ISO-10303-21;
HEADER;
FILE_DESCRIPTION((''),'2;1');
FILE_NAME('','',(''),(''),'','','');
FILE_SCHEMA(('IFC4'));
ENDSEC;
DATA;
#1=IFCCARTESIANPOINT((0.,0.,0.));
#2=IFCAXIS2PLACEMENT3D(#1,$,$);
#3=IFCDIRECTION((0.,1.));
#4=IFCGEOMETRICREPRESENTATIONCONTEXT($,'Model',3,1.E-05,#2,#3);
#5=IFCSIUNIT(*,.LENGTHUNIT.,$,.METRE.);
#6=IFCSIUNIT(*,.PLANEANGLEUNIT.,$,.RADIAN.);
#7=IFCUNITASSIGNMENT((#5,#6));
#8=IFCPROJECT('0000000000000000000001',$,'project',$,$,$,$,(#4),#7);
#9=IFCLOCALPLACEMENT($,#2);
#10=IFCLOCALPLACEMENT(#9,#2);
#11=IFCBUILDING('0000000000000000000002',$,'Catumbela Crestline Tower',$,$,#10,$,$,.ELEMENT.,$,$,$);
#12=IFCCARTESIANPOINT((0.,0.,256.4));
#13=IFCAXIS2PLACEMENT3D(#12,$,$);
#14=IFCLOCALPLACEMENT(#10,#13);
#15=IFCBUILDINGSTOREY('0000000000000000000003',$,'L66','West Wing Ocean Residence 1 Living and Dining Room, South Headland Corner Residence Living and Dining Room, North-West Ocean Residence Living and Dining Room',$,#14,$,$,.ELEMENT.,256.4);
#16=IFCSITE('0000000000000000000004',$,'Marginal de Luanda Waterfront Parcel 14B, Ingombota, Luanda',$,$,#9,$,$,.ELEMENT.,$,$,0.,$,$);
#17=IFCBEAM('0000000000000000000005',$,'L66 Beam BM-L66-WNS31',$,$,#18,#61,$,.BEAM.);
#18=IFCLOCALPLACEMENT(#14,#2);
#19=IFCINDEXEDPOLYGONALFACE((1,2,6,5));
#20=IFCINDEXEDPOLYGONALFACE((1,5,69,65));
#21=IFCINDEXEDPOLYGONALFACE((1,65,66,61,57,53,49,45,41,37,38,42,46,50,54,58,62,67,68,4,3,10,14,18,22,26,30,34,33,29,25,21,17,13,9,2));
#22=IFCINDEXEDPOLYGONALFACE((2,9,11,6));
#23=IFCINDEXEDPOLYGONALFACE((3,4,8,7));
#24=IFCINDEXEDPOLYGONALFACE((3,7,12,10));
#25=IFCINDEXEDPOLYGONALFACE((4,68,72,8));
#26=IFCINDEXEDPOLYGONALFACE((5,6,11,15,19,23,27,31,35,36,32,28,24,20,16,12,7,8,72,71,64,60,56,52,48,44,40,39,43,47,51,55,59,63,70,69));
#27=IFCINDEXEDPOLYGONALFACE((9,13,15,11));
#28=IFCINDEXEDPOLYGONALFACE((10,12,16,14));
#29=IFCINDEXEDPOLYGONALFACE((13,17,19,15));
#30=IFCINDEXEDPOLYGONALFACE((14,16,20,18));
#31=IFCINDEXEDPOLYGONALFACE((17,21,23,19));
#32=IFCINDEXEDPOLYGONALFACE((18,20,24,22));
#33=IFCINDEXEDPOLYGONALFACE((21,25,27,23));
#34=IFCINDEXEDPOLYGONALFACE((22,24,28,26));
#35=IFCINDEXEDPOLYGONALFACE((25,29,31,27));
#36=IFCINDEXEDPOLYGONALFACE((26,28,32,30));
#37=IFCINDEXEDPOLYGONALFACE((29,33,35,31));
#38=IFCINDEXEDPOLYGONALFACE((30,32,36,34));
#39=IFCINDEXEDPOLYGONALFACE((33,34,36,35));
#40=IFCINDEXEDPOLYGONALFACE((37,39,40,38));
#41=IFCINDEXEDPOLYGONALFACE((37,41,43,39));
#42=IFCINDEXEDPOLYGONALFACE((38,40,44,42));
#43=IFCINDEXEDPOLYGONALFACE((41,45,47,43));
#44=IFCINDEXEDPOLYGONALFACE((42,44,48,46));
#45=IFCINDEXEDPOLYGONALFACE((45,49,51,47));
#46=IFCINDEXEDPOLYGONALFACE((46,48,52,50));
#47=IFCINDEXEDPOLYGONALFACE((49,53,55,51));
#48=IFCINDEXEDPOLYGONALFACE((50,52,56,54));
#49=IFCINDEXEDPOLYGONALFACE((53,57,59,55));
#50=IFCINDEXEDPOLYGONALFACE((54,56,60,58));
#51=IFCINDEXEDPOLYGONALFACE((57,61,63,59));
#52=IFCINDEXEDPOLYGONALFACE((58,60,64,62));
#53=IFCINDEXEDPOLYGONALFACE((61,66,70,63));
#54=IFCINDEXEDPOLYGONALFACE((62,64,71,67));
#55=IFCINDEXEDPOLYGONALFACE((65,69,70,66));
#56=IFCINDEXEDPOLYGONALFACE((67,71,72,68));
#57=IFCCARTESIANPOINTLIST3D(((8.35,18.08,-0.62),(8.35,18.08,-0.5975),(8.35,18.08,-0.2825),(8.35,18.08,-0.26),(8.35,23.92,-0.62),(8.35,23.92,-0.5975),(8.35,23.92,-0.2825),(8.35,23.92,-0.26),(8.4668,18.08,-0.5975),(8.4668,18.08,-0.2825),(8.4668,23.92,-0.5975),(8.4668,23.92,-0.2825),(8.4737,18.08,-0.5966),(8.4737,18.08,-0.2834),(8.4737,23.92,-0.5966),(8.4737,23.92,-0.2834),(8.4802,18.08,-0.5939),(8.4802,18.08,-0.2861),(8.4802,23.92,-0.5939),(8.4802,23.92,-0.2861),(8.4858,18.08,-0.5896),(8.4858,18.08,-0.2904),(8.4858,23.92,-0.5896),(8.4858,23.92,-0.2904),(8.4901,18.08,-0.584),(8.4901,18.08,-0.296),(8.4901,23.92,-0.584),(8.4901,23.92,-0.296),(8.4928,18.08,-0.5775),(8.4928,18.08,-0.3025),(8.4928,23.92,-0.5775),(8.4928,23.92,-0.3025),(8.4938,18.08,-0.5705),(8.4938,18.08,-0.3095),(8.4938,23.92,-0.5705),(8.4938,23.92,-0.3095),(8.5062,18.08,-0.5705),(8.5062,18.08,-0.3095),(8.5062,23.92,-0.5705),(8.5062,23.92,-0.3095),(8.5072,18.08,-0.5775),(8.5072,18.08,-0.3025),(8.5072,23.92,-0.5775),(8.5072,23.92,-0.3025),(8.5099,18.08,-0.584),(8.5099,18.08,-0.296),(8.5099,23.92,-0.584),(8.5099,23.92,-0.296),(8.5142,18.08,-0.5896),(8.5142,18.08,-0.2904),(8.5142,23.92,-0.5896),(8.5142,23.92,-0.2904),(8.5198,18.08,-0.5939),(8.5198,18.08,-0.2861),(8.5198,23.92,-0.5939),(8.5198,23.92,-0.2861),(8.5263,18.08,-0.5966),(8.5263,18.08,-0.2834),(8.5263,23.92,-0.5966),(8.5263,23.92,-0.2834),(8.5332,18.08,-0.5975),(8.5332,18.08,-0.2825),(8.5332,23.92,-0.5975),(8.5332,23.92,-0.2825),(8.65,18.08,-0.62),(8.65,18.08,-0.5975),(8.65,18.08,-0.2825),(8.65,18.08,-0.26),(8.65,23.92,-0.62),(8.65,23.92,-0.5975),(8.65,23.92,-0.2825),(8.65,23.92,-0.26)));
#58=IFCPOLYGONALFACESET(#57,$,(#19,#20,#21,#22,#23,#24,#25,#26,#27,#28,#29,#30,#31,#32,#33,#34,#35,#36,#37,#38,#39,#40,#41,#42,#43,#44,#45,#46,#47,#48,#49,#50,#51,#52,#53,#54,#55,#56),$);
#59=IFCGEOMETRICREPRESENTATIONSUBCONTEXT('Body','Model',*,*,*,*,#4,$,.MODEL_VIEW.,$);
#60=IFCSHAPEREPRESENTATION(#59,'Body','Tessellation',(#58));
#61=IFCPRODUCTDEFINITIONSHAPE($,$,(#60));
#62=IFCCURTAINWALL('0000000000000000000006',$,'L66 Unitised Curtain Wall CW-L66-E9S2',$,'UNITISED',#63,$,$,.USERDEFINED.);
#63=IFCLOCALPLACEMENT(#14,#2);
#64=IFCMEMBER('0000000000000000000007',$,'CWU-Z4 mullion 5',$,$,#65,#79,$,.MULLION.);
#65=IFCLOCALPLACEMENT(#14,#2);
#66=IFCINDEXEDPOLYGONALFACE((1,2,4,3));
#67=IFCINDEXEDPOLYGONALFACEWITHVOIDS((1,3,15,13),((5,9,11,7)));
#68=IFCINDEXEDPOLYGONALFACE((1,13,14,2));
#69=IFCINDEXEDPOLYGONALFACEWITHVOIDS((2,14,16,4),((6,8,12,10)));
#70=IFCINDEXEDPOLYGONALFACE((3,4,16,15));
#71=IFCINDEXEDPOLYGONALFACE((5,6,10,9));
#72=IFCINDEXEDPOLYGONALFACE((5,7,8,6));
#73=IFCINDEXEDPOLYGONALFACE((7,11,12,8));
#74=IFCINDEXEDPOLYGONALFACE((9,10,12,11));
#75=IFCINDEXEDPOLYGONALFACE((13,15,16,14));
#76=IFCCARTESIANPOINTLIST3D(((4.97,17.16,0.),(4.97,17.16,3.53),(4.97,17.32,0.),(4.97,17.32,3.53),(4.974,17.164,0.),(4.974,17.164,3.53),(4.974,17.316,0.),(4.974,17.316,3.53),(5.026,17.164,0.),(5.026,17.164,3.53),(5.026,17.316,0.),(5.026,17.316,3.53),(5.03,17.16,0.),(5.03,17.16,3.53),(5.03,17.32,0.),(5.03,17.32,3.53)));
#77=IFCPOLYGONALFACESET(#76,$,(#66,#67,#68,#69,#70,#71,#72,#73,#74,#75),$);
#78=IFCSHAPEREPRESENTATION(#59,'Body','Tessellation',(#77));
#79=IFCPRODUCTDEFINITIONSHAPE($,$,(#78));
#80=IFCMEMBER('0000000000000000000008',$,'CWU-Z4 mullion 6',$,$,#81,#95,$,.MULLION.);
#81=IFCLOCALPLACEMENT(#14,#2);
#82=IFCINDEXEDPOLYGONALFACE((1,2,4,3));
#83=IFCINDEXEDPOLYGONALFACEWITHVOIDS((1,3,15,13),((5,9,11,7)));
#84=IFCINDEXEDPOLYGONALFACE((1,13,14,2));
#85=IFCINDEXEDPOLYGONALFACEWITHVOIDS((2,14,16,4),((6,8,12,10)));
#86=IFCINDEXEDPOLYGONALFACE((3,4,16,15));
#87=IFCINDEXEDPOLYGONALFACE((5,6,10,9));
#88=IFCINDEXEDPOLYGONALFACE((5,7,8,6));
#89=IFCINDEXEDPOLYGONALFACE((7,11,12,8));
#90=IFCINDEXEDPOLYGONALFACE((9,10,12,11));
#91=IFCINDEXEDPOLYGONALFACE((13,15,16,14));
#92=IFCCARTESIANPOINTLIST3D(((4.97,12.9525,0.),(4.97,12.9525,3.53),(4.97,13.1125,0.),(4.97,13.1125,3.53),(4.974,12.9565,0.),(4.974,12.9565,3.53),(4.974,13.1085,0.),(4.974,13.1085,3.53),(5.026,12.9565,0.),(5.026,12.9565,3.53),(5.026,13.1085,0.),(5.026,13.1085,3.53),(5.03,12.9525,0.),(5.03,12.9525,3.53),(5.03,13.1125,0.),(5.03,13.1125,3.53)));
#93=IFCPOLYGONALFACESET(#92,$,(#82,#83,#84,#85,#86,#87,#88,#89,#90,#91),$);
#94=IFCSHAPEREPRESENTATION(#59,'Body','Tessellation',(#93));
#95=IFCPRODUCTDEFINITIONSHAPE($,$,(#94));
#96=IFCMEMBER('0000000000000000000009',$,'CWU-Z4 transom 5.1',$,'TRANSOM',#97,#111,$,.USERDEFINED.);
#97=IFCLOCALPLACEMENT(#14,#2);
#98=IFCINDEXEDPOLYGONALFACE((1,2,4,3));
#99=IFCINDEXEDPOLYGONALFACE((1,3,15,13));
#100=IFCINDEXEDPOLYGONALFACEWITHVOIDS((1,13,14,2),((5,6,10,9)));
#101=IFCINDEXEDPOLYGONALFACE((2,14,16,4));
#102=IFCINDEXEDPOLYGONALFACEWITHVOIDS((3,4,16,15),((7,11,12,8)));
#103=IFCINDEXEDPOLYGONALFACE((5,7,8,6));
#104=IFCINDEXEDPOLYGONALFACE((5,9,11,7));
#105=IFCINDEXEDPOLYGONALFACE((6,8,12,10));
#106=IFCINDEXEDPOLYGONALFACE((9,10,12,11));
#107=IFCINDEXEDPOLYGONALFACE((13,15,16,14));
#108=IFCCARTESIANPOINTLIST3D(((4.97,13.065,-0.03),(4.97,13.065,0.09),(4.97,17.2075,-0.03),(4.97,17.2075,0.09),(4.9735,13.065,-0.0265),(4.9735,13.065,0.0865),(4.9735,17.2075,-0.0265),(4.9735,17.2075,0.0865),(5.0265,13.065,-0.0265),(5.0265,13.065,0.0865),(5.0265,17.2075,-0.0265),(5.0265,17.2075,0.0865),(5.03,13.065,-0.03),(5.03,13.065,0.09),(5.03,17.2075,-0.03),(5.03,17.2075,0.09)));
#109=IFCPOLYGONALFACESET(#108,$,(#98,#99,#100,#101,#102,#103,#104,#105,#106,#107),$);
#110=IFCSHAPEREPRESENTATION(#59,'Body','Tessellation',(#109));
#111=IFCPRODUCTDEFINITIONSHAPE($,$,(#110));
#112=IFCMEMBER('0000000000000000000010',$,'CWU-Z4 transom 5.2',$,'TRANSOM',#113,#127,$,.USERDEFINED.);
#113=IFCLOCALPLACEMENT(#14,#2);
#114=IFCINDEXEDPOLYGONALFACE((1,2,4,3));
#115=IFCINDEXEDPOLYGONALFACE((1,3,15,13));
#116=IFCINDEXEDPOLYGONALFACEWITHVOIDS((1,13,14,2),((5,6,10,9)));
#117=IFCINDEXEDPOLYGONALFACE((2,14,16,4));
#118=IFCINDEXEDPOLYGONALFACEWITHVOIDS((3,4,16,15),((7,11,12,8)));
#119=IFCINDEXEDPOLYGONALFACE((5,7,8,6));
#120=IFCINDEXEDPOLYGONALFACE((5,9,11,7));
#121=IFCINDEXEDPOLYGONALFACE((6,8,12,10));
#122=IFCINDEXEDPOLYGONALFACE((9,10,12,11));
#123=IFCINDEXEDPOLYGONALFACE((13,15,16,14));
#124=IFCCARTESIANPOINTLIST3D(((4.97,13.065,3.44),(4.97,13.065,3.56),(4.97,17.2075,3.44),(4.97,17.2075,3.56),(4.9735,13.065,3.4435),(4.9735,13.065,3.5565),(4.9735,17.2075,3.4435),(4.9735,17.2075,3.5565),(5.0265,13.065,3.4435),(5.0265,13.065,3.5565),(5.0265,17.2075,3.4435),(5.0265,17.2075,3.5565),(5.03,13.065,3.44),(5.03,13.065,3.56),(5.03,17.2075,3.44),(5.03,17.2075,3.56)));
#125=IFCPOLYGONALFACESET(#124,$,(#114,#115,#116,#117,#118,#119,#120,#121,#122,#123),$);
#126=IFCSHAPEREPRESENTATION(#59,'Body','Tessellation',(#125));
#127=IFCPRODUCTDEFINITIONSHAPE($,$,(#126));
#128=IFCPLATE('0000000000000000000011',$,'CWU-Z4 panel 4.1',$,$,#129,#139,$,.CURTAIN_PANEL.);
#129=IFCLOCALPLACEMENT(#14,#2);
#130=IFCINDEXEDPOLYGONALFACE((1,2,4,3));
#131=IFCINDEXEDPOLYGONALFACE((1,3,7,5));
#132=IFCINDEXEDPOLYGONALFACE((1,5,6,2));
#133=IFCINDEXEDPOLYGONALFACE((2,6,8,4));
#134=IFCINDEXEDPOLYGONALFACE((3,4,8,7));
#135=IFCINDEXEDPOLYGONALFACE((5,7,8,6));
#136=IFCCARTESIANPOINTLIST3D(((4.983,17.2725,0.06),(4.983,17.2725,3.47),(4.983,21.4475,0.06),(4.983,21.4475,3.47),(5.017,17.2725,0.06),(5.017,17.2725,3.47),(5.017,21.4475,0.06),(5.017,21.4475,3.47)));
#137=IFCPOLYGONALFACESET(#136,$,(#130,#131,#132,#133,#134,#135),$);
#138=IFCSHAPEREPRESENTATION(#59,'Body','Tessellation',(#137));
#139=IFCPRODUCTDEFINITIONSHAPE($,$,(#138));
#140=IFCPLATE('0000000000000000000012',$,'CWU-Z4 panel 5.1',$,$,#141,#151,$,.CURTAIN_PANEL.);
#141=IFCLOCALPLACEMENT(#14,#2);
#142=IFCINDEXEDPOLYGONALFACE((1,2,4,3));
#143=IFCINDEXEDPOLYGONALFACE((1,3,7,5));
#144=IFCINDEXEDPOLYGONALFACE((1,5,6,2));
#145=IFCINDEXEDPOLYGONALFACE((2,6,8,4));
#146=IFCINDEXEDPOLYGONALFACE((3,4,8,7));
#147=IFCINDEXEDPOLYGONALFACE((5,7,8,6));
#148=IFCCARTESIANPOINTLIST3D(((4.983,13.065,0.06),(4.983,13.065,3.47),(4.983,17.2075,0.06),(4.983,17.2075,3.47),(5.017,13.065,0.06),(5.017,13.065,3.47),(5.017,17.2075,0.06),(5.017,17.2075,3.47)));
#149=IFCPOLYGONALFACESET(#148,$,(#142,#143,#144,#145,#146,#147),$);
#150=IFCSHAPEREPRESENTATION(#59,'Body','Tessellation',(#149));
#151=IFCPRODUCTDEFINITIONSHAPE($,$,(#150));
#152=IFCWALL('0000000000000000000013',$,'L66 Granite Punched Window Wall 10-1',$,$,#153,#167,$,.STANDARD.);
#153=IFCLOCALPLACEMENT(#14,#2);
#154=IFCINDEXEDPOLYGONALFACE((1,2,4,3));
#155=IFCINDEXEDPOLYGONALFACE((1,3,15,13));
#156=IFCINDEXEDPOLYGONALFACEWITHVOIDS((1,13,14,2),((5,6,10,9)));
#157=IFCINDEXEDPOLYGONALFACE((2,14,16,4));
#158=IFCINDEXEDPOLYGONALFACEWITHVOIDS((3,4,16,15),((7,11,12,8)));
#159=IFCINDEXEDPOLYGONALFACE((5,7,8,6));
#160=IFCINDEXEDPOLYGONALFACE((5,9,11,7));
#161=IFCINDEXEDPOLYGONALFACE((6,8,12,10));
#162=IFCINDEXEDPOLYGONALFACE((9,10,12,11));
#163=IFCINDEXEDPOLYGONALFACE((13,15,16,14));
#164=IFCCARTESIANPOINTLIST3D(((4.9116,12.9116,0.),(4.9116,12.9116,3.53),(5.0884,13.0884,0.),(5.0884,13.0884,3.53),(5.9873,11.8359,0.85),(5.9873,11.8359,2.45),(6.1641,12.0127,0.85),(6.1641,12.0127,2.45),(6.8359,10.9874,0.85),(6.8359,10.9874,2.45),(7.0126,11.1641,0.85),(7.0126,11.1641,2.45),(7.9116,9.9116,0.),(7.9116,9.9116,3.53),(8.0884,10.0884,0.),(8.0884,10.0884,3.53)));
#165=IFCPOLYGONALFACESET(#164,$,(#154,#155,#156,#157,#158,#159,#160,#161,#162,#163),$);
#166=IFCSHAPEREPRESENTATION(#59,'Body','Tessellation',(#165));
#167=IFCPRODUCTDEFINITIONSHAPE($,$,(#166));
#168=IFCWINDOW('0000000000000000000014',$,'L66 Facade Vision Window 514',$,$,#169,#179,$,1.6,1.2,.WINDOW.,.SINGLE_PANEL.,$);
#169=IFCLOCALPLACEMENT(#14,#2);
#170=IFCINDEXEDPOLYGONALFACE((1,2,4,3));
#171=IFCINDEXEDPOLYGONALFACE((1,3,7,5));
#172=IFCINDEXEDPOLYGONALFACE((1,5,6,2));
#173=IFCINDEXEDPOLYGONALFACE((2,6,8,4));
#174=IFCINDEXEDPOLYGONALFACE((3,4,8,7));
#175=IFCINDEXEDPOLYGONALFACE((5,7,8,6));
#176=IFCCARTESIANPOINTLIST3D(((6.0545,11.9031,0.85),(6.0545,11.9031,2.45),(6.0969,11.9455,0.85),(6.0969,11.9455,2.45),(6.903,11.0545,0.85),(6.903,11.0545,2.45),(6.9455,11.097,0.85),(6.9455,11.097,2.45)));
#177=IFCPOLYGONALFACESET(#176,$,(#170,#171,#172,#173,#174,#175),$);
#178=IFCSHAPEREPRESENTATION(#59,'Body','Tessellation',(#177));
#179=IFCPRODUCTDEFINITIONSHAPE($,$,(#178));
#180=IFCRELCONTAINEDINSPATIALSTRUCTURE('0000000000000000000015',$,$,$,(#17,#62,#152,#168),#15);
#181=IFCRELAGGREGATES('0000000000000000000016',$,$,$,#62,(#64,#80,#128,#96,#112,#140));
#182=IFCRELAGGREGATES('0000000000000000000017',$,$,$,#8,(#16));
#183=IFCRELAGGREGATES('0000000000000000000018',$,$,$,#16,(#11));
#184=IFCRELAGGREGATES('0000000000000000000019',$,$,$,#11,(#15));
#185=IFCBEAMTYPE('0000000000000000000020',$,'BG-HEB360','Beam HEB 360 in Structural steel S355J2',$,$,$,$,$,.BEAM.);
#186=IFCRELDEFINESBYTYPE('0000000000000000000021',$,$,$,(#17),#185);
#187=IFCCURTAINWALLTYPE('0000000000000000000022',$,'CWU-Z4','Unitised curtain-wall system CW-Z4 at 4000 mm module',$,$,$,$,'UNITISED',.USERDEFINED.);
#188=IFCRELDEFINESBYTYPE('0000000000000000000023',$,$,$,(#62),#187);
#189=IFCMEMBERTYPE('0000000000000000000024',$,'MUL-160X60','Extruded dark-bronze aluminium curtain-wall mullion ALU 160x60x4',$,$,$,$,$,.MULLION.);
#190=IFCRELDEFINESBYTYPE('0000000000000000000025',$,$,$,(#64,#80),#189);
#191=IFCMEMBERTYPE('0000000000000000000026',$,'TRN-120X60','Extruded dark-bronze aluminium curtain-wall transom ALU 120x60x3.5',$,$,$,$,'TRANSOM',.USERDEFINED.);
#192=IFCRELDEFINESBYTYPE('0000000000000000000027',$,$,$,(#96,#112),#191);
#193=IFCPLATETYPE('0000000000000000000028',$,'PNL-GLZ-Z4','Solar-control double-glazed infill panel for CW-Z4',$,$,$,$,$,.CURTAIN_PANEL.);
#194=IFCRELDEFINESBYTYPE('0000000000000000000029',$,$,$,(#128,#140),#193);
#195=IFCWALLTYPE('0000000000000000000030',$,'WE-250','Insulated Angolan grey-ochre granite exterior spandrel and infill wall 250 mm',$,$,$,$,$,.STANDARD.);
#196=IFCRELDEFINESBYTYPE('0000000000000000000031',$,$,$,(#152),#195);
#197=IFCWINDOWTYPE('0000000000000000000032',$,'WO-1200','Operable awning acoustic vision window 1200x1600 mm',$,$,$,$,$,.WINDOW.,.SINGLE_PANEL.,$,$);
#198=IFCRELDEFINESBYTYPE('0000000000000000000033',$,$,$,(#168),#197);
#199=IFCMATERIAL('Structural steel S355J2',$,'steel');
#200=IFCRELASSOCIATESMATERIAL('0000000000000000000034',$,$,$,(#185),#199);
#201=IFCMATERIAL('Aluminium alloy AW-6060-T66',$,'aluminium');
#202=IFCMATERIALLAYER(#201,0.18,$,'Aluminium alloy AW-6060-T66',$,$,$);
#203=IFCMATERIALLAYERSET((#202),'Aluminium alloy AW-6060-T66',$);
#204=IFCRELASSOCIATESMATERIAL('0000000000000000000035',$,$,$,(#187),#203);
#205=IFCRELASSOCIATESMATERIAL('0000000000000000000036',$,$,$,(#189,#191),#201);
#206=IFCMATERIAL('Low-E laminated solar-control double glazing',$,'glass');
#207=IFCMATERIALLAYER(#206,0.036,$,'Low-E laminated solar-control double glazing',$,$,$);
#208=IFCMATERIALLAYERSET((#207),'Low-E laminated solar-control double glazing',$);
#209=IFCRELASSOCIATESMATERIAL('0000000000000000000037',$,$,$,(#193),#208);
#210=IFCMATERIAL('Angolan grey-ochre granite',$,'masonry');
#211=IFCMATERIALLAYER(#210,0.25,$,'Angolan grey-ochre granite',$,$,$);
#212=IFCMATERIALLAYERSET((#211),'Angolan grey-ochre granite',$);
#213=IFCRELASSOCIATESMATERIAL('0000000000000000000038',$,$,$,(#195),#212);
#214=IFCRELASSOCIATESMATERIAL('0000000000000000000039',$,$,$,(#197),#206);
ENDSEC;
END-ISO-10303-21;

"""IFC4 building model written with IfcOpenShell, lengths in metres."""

from ifc_helpers import new_model, si_unit, direction, frame, frame_2d, origin, origin_2d, place, context, subcontext, project, spatial, rectangle, hollow_rectangle, i_section, extrude, material, layer, layer_set, material_profile, profile_set, type_object, element, fill, aggregate, save


model = new_model("IFC4")

# Units and contexts
model_context = context("Model", 3, precision=1e-05, world=origin(), true_north=direction((0.0, 1.0)))
body_context = subcontext(model_context, "Body", "Model", "MODEL_VIEW")
ifc_project = project(units=[si_unit("LENGTHUNIT", "METRE"), si_unit("PLANEANGLEUNIT", "RADIAN")], contexts=[model_context])

# Site, building, storey
site_placement = place(None, origin())
site = spatial("IfcSite", under=ifc_project, at=site_placement, Name="Marginal de Luanda Waterfront Parcel 14B, Ingombota, Luanda", CompositionType="ELEMENT", RefElevation=0.0)
building_placement = place(site_placement, origin())
building = spatial("IfcBuilding", under=site, at=building_placement, Name="Catumbela Crestline Tower", CompositionType="ELEMENT")
storey_placement = place(building_placement, frame((0.0, 0.0, 256.4)))
storey = spatial("IfcBuildingStorey", under=building, at=storey_placement, Name="L66", Description="West Wing Ocean Residence 1 Living and Dining Room, South Headland Corner Residence Living and Dining Room, North-West Ocean Residence Living and Dining Room", CompositionType="ELEMENT", Elevation=256.4)

# Shared definitions
ifc_material_1 = material(Name="Structural steel S355J2", Category="steel")

# Beam
ifc_material_profile_1 = material_profile(ifc_material_1, i_section(OverallWidth=0.3, OverallDepth=0.36, WebThickness=0.0125, FlangeThickness=0.0225, FilletRadius=0.027, at=origin_2d()), Name="HEB 360")
ifc_profile_set_1 = profile_set([ifc_material_profile_1], Name="Structural steel S355J2")
beam_type = type_object("IfcBeamType", Name="BG-HEB360", Description="Beam HEB 360 in Structural steel S355J2", PredefinedType="BEAM", material=ifc_profile_set_1)
beam_1_placement = place(storey_placement, frame((8.5, 18.08, -0.44), z_axis=(0.0, 1.0, 0.0), x_axis=(-1.0, 0.0, 0.0)))
element("IfcBeam", 1, at=beam_1_placement, inside=storey, type_object=beam_type, Name="L66 Beam BM-L66-WNS31", PredefinedType="BEAM", context=body_context, shape_type="SweptSolid", body=[
    extrude(i_section(OverallWidth=0.3, OverallDepth=0.36, WebThickness=0.0125, FlangeThickness=0.0225, FilletRadius=0.027, at=origin_2d()), origin(), (0.0, 0.0, 1.0), 5.84),
])

# Curtain wall, members, plates
ifc_material_2 = material(Name="Aluminium alloy AW-6060-T66", Category="aluminium")
ifc_layer_1 = layer(ifc_material_2, 0.18, Name="Aluminium alloy AW-6060-T66")
ifc_layer_set_1 = layer_set([ifc_layer_1], Name="Aluminium alloy AW-6060-T66")
curtain_wall_type = type_object("IfcCurtainWallType", Name="CWU-Z4", Description="Unitised curtain-wall system CW-Z4 at 4000 mm module", ElementType="UNITISED", PredefinedType="USERDEFINED", material=ifc_layer_set_1)
curtain_wall_placement = place(storey_placement, origin())
curtain_wall = element("IfcCurtainWall", 2, at=curtain_wall_placement, inside=storey, type_object=curtain_wall_type, Name="L66 Unitised Curtain Wall CW-L66-E9S2", ObjectType="UNITISED", PredefinedType="USERDEFINED")
ifc_material_profile_2 = material_profile(ifc_material_2, hollow_rectangle(XDim=0.06, YDim=0.16, WallThickness=0.004, at=origin_2d()), Name="ALU 160x60x4")
ifc_profile_set_2 = profile_set([ifc_material_profile_2], Name="Aluminium alloy AW-6060-T66")
member_type_1 = type_object("IfcMemberType", Name="MUL-160X60", Description="Extruded dark-bronze aluminium curtain-wall mullion ALU 160x60x4", PredefinedType="MULLION", material=ifc_profile_set_2)
member_1_placement = place(storey_placement, frame((5.0, 17.24, 0.0), z_axis=(0.0, 0.0, 1.0), x_axis=(1.0, 0.0, 0.0)))
member_1 = element("IfcMember", 3, at=member_1_placement, type_object=member_type_1, Name="CWU-Z4 mullion 5", PredefinedType="MULLION", context=body_context, shape_type="SweptSolid", body=[
    extrude(hollow_rectangle(XDim=0.06, YDim=0.16, WallThickness=0.004, at=origin_2d()), origin(), (0.0, 0.0, 1.0), 3.53),
])
member_2_placement = place(storey_placement, frame((5.0, 13.0325, 0.0), z_axis=(0.0, 0.0, 1.0), x_axis=(1.0, 0.0, 0.0)))
member_2 = element("IfcMember", 4, at=member_2_placement, type_object=member_type_1, Name="CWU-Z4 mullion 6", PredefinedType="MULLION", context=body_context, shape_type="SweptSolid", body=[
    extrude(hollow_rectangle(XDim=0.06, YDim=0.16, WallThickness=0.004, at=origin_2d()), origin(), (0.0, 0.0, 1.0), 3.53),
])
ifc_material_profile_3 = material_profile(ifc_material_2, hollow_rectangle(XDim=0.06, YDim=0.12, WallThickness=0.0035, at=origin_2d()), Name="ALU 120x60x3.5")
ifc_profile_set_3 = profile_set([ifc_material_profile_3], Name="Aluminium alloy AW-6060-T66")
member_type_2 = type_object("IfcMemberType", Name="TRN-120X60", Description="Extruded dark-bronze aluminium curtain-wall transom ALU 120x60x3.5", ElementType="TRANSOM", PredefinedType="USERDEFINED", material=ifc_profile_set_3)
member_3_placement = place(storey_placement, frame((5.0, 17.2075, 0.03), z_axis=(0.0, -1.0, 0.0), x_axis=(1.0, 0.0, 0.0)))
member_3 = element("IfcMember", 5, at=member_3_placement, type_object=member_type_2, Name="CWU-Z4 transom 5.1", ObjectType="TRANSOM", PredefinedType="USERDEFINED", context=body_context, shape_type="SweptSolid", body=[
    extrude(hollow_rectangle(XDim=0.06, YDim=0.12, WallThickness=0.0035, at=origin_2d()), origin(), (0.0, 0.0, 1.0), 4.1425),
])
member_4_placement = place(storey_placement, frame((5.0, 17.2075, 3.5), z_axis=(0.0, -1.0, 0.0), x_axis=(1.0, 0.0, 0.0)))
member_4 = element("IfcMember", 6, at=member_4_placement, type_object=member_type_2, Name="CWU-Z4 transom 5.2", ObjectType="TRANSOM", PredefinedType="USERDEFINED", context=body_context, shape_type="SweptSolid", body=[
    extrude(hollow_rectangle(XDim=0.06, YDim=0.12, WallThickness=0.0035, at=origin_2d()), origin(), (0.0, 0.0, 1.0), 4.1425),
])
ifc_material_3 = material(Name="Low-E laminated solar-control double glazing", Category="glass")
ifc_layer_2 = layer(ifc_material_3, 0.036, Name="Low-E laminated solar-control double glazing")
ifc_layer_set_2 = layer_set([ifc_layer_2], Name="Low-E laminated solar-control double glazing")
plate_type = type_object("IfcPlateType", Name="PNL-GLZ-Z4", Description="Solar-control double-glazed infill panel for CW-Z4", PredefinedType="CURTAIN_PANEL", material=ifc_layer_set_2)
plate_1_placement = place(storey_placement, frame((5.0, 19.36, 0.06), z_axis=(0.0, 0.0, 1.0), x_axis=(0.0, -1.0, 0.0)))
plate_1 = element("IfcPlate", 7, at=plate_1_placement, type_object=plate_type, Name="CWU-Z4 panel 4.1", PredefinedType="CURTAIN_PANEL", context=body_context, shape_type="SweptSolid", body=[
    extrude(rectangle(XDim=4.175, YDim=0.034, at=origin_2d()), origin(), (0.0, 0.0, 1.0), 3.41),
])
plate_2_placement = place(storey_placement, frame((5.0, 15.1362, 0.06), z_axis=(0.0, 0.0, 1.0), x_axis=(0.0, -1.0, 0.0)))
plate_2 = element("IfcPlate", 8, at=plate_2_placement, type_object=plate_type, Name="CWU-Z4 panel 5.1", PredefinedType="CURTAIN_PANEL", context=body_context, shape_type="SweptSolid", body=[
    extrude(rectangle(XDim=4.1425, YDim=0.034, at=origin_2d()), origin(), (0.0, 0.0, 1.0), 3.41),
])
aggregate(curtain_wall, [member_1, member_2, plate_1, member_3, member_4, plate_2])

# Wall, opening, window
ifc_material_4 = material(Name="Angolan grey-ochre granite", Category="masonry")
ifc_layer_3 = layer(ifc_material_4, 0.25, Name="Angolan grey-ochre granite")
ifc_layer_set_3 = layer_set([ifc_layer_3], Name="Angolan grey-ochre granite")
wall_type_1 = type_object("IfcWallType", Name="WE-250", Description="Insulated Angolan grey-ochre granite exterior spandrel and infill wall 250 mm", PredefinedType="STANDARD", material=ifc_layer_set_3)
wall_1_placement = place(storey_placement, frame((5.0, 13.0, 0.0), z_axis=(0.0, 0.0, 1.0), x_axis=(0.707107, -0.707107, 0.0)))
wall_1 = element("IfcWall", 9, at=wall_1_placement, inside=storey, type_object=wall_type_1, Name="L66 Granite Punched Window Wall 10-1", PredefinedType="STANDARD", context=body_context, shape_type="SweptSolid", body=[
    extrude(rectangle(XDim=4.2426, YDim=0.25, at=frame_2d((2.1213, 0.0))), origin(), (0.0, 0.0, 1.0), 3.53),
])
opening_1_placement = place(wall_1_placement, frame((1.5213, 0.0, 0.85)))
opening_1 = element("IfcOpeningElement", 10, at=opening_1_placement, cuts=wall_1, PredefinedType="OPENING", context=body_context, shape_type="SweptSolid", body=[
    extrude(rectangle(XDim=1.2, YDim=1.6, at=frame_2d((0.6, 0.8))), frame((0.0, 0.135, 0.0), z_axis=(0.0, -1.0, 0.0), x_axis=(1.0, 0.0, 0.0)), (0.0, 0.0, 1.0), 0.27),
])
window_type = type_object("IfcWindowType", Name="WO-1200", Description="Operable awning acoustic vision window 1200x1600 mm", PartitioningType="SINGLE_PANEL", PredefinedType="WINDOW", material=ifc_material_3)
window_placement = place(opening_1_placement, origin())
window = element("IfcWindow", 11, at=window_placement, inside=storey, type_object=window_type, Name="L66 Facade Vision Window 514", OverallHeight=1.6, OverallWidth=1.2, PartitioningType="SINGLE_PANEL", PredefinedType="WINDOW", context=body_context, shape_type="SweptSolid", body=[
    extrude(rectangle(XDim=1.2, YDim=1.6, at=frame_2d((0.6, 0.8))), frame((0.0, 0.03, 0.0), z_axis=(0.0, -1.0, 0.0), x_axis=(1.0, 0.0, 0.0)), (0.0, 0.0, 1.0), 0.06),
])
fill(opening_1, window)

save(model, "model.ifc")
